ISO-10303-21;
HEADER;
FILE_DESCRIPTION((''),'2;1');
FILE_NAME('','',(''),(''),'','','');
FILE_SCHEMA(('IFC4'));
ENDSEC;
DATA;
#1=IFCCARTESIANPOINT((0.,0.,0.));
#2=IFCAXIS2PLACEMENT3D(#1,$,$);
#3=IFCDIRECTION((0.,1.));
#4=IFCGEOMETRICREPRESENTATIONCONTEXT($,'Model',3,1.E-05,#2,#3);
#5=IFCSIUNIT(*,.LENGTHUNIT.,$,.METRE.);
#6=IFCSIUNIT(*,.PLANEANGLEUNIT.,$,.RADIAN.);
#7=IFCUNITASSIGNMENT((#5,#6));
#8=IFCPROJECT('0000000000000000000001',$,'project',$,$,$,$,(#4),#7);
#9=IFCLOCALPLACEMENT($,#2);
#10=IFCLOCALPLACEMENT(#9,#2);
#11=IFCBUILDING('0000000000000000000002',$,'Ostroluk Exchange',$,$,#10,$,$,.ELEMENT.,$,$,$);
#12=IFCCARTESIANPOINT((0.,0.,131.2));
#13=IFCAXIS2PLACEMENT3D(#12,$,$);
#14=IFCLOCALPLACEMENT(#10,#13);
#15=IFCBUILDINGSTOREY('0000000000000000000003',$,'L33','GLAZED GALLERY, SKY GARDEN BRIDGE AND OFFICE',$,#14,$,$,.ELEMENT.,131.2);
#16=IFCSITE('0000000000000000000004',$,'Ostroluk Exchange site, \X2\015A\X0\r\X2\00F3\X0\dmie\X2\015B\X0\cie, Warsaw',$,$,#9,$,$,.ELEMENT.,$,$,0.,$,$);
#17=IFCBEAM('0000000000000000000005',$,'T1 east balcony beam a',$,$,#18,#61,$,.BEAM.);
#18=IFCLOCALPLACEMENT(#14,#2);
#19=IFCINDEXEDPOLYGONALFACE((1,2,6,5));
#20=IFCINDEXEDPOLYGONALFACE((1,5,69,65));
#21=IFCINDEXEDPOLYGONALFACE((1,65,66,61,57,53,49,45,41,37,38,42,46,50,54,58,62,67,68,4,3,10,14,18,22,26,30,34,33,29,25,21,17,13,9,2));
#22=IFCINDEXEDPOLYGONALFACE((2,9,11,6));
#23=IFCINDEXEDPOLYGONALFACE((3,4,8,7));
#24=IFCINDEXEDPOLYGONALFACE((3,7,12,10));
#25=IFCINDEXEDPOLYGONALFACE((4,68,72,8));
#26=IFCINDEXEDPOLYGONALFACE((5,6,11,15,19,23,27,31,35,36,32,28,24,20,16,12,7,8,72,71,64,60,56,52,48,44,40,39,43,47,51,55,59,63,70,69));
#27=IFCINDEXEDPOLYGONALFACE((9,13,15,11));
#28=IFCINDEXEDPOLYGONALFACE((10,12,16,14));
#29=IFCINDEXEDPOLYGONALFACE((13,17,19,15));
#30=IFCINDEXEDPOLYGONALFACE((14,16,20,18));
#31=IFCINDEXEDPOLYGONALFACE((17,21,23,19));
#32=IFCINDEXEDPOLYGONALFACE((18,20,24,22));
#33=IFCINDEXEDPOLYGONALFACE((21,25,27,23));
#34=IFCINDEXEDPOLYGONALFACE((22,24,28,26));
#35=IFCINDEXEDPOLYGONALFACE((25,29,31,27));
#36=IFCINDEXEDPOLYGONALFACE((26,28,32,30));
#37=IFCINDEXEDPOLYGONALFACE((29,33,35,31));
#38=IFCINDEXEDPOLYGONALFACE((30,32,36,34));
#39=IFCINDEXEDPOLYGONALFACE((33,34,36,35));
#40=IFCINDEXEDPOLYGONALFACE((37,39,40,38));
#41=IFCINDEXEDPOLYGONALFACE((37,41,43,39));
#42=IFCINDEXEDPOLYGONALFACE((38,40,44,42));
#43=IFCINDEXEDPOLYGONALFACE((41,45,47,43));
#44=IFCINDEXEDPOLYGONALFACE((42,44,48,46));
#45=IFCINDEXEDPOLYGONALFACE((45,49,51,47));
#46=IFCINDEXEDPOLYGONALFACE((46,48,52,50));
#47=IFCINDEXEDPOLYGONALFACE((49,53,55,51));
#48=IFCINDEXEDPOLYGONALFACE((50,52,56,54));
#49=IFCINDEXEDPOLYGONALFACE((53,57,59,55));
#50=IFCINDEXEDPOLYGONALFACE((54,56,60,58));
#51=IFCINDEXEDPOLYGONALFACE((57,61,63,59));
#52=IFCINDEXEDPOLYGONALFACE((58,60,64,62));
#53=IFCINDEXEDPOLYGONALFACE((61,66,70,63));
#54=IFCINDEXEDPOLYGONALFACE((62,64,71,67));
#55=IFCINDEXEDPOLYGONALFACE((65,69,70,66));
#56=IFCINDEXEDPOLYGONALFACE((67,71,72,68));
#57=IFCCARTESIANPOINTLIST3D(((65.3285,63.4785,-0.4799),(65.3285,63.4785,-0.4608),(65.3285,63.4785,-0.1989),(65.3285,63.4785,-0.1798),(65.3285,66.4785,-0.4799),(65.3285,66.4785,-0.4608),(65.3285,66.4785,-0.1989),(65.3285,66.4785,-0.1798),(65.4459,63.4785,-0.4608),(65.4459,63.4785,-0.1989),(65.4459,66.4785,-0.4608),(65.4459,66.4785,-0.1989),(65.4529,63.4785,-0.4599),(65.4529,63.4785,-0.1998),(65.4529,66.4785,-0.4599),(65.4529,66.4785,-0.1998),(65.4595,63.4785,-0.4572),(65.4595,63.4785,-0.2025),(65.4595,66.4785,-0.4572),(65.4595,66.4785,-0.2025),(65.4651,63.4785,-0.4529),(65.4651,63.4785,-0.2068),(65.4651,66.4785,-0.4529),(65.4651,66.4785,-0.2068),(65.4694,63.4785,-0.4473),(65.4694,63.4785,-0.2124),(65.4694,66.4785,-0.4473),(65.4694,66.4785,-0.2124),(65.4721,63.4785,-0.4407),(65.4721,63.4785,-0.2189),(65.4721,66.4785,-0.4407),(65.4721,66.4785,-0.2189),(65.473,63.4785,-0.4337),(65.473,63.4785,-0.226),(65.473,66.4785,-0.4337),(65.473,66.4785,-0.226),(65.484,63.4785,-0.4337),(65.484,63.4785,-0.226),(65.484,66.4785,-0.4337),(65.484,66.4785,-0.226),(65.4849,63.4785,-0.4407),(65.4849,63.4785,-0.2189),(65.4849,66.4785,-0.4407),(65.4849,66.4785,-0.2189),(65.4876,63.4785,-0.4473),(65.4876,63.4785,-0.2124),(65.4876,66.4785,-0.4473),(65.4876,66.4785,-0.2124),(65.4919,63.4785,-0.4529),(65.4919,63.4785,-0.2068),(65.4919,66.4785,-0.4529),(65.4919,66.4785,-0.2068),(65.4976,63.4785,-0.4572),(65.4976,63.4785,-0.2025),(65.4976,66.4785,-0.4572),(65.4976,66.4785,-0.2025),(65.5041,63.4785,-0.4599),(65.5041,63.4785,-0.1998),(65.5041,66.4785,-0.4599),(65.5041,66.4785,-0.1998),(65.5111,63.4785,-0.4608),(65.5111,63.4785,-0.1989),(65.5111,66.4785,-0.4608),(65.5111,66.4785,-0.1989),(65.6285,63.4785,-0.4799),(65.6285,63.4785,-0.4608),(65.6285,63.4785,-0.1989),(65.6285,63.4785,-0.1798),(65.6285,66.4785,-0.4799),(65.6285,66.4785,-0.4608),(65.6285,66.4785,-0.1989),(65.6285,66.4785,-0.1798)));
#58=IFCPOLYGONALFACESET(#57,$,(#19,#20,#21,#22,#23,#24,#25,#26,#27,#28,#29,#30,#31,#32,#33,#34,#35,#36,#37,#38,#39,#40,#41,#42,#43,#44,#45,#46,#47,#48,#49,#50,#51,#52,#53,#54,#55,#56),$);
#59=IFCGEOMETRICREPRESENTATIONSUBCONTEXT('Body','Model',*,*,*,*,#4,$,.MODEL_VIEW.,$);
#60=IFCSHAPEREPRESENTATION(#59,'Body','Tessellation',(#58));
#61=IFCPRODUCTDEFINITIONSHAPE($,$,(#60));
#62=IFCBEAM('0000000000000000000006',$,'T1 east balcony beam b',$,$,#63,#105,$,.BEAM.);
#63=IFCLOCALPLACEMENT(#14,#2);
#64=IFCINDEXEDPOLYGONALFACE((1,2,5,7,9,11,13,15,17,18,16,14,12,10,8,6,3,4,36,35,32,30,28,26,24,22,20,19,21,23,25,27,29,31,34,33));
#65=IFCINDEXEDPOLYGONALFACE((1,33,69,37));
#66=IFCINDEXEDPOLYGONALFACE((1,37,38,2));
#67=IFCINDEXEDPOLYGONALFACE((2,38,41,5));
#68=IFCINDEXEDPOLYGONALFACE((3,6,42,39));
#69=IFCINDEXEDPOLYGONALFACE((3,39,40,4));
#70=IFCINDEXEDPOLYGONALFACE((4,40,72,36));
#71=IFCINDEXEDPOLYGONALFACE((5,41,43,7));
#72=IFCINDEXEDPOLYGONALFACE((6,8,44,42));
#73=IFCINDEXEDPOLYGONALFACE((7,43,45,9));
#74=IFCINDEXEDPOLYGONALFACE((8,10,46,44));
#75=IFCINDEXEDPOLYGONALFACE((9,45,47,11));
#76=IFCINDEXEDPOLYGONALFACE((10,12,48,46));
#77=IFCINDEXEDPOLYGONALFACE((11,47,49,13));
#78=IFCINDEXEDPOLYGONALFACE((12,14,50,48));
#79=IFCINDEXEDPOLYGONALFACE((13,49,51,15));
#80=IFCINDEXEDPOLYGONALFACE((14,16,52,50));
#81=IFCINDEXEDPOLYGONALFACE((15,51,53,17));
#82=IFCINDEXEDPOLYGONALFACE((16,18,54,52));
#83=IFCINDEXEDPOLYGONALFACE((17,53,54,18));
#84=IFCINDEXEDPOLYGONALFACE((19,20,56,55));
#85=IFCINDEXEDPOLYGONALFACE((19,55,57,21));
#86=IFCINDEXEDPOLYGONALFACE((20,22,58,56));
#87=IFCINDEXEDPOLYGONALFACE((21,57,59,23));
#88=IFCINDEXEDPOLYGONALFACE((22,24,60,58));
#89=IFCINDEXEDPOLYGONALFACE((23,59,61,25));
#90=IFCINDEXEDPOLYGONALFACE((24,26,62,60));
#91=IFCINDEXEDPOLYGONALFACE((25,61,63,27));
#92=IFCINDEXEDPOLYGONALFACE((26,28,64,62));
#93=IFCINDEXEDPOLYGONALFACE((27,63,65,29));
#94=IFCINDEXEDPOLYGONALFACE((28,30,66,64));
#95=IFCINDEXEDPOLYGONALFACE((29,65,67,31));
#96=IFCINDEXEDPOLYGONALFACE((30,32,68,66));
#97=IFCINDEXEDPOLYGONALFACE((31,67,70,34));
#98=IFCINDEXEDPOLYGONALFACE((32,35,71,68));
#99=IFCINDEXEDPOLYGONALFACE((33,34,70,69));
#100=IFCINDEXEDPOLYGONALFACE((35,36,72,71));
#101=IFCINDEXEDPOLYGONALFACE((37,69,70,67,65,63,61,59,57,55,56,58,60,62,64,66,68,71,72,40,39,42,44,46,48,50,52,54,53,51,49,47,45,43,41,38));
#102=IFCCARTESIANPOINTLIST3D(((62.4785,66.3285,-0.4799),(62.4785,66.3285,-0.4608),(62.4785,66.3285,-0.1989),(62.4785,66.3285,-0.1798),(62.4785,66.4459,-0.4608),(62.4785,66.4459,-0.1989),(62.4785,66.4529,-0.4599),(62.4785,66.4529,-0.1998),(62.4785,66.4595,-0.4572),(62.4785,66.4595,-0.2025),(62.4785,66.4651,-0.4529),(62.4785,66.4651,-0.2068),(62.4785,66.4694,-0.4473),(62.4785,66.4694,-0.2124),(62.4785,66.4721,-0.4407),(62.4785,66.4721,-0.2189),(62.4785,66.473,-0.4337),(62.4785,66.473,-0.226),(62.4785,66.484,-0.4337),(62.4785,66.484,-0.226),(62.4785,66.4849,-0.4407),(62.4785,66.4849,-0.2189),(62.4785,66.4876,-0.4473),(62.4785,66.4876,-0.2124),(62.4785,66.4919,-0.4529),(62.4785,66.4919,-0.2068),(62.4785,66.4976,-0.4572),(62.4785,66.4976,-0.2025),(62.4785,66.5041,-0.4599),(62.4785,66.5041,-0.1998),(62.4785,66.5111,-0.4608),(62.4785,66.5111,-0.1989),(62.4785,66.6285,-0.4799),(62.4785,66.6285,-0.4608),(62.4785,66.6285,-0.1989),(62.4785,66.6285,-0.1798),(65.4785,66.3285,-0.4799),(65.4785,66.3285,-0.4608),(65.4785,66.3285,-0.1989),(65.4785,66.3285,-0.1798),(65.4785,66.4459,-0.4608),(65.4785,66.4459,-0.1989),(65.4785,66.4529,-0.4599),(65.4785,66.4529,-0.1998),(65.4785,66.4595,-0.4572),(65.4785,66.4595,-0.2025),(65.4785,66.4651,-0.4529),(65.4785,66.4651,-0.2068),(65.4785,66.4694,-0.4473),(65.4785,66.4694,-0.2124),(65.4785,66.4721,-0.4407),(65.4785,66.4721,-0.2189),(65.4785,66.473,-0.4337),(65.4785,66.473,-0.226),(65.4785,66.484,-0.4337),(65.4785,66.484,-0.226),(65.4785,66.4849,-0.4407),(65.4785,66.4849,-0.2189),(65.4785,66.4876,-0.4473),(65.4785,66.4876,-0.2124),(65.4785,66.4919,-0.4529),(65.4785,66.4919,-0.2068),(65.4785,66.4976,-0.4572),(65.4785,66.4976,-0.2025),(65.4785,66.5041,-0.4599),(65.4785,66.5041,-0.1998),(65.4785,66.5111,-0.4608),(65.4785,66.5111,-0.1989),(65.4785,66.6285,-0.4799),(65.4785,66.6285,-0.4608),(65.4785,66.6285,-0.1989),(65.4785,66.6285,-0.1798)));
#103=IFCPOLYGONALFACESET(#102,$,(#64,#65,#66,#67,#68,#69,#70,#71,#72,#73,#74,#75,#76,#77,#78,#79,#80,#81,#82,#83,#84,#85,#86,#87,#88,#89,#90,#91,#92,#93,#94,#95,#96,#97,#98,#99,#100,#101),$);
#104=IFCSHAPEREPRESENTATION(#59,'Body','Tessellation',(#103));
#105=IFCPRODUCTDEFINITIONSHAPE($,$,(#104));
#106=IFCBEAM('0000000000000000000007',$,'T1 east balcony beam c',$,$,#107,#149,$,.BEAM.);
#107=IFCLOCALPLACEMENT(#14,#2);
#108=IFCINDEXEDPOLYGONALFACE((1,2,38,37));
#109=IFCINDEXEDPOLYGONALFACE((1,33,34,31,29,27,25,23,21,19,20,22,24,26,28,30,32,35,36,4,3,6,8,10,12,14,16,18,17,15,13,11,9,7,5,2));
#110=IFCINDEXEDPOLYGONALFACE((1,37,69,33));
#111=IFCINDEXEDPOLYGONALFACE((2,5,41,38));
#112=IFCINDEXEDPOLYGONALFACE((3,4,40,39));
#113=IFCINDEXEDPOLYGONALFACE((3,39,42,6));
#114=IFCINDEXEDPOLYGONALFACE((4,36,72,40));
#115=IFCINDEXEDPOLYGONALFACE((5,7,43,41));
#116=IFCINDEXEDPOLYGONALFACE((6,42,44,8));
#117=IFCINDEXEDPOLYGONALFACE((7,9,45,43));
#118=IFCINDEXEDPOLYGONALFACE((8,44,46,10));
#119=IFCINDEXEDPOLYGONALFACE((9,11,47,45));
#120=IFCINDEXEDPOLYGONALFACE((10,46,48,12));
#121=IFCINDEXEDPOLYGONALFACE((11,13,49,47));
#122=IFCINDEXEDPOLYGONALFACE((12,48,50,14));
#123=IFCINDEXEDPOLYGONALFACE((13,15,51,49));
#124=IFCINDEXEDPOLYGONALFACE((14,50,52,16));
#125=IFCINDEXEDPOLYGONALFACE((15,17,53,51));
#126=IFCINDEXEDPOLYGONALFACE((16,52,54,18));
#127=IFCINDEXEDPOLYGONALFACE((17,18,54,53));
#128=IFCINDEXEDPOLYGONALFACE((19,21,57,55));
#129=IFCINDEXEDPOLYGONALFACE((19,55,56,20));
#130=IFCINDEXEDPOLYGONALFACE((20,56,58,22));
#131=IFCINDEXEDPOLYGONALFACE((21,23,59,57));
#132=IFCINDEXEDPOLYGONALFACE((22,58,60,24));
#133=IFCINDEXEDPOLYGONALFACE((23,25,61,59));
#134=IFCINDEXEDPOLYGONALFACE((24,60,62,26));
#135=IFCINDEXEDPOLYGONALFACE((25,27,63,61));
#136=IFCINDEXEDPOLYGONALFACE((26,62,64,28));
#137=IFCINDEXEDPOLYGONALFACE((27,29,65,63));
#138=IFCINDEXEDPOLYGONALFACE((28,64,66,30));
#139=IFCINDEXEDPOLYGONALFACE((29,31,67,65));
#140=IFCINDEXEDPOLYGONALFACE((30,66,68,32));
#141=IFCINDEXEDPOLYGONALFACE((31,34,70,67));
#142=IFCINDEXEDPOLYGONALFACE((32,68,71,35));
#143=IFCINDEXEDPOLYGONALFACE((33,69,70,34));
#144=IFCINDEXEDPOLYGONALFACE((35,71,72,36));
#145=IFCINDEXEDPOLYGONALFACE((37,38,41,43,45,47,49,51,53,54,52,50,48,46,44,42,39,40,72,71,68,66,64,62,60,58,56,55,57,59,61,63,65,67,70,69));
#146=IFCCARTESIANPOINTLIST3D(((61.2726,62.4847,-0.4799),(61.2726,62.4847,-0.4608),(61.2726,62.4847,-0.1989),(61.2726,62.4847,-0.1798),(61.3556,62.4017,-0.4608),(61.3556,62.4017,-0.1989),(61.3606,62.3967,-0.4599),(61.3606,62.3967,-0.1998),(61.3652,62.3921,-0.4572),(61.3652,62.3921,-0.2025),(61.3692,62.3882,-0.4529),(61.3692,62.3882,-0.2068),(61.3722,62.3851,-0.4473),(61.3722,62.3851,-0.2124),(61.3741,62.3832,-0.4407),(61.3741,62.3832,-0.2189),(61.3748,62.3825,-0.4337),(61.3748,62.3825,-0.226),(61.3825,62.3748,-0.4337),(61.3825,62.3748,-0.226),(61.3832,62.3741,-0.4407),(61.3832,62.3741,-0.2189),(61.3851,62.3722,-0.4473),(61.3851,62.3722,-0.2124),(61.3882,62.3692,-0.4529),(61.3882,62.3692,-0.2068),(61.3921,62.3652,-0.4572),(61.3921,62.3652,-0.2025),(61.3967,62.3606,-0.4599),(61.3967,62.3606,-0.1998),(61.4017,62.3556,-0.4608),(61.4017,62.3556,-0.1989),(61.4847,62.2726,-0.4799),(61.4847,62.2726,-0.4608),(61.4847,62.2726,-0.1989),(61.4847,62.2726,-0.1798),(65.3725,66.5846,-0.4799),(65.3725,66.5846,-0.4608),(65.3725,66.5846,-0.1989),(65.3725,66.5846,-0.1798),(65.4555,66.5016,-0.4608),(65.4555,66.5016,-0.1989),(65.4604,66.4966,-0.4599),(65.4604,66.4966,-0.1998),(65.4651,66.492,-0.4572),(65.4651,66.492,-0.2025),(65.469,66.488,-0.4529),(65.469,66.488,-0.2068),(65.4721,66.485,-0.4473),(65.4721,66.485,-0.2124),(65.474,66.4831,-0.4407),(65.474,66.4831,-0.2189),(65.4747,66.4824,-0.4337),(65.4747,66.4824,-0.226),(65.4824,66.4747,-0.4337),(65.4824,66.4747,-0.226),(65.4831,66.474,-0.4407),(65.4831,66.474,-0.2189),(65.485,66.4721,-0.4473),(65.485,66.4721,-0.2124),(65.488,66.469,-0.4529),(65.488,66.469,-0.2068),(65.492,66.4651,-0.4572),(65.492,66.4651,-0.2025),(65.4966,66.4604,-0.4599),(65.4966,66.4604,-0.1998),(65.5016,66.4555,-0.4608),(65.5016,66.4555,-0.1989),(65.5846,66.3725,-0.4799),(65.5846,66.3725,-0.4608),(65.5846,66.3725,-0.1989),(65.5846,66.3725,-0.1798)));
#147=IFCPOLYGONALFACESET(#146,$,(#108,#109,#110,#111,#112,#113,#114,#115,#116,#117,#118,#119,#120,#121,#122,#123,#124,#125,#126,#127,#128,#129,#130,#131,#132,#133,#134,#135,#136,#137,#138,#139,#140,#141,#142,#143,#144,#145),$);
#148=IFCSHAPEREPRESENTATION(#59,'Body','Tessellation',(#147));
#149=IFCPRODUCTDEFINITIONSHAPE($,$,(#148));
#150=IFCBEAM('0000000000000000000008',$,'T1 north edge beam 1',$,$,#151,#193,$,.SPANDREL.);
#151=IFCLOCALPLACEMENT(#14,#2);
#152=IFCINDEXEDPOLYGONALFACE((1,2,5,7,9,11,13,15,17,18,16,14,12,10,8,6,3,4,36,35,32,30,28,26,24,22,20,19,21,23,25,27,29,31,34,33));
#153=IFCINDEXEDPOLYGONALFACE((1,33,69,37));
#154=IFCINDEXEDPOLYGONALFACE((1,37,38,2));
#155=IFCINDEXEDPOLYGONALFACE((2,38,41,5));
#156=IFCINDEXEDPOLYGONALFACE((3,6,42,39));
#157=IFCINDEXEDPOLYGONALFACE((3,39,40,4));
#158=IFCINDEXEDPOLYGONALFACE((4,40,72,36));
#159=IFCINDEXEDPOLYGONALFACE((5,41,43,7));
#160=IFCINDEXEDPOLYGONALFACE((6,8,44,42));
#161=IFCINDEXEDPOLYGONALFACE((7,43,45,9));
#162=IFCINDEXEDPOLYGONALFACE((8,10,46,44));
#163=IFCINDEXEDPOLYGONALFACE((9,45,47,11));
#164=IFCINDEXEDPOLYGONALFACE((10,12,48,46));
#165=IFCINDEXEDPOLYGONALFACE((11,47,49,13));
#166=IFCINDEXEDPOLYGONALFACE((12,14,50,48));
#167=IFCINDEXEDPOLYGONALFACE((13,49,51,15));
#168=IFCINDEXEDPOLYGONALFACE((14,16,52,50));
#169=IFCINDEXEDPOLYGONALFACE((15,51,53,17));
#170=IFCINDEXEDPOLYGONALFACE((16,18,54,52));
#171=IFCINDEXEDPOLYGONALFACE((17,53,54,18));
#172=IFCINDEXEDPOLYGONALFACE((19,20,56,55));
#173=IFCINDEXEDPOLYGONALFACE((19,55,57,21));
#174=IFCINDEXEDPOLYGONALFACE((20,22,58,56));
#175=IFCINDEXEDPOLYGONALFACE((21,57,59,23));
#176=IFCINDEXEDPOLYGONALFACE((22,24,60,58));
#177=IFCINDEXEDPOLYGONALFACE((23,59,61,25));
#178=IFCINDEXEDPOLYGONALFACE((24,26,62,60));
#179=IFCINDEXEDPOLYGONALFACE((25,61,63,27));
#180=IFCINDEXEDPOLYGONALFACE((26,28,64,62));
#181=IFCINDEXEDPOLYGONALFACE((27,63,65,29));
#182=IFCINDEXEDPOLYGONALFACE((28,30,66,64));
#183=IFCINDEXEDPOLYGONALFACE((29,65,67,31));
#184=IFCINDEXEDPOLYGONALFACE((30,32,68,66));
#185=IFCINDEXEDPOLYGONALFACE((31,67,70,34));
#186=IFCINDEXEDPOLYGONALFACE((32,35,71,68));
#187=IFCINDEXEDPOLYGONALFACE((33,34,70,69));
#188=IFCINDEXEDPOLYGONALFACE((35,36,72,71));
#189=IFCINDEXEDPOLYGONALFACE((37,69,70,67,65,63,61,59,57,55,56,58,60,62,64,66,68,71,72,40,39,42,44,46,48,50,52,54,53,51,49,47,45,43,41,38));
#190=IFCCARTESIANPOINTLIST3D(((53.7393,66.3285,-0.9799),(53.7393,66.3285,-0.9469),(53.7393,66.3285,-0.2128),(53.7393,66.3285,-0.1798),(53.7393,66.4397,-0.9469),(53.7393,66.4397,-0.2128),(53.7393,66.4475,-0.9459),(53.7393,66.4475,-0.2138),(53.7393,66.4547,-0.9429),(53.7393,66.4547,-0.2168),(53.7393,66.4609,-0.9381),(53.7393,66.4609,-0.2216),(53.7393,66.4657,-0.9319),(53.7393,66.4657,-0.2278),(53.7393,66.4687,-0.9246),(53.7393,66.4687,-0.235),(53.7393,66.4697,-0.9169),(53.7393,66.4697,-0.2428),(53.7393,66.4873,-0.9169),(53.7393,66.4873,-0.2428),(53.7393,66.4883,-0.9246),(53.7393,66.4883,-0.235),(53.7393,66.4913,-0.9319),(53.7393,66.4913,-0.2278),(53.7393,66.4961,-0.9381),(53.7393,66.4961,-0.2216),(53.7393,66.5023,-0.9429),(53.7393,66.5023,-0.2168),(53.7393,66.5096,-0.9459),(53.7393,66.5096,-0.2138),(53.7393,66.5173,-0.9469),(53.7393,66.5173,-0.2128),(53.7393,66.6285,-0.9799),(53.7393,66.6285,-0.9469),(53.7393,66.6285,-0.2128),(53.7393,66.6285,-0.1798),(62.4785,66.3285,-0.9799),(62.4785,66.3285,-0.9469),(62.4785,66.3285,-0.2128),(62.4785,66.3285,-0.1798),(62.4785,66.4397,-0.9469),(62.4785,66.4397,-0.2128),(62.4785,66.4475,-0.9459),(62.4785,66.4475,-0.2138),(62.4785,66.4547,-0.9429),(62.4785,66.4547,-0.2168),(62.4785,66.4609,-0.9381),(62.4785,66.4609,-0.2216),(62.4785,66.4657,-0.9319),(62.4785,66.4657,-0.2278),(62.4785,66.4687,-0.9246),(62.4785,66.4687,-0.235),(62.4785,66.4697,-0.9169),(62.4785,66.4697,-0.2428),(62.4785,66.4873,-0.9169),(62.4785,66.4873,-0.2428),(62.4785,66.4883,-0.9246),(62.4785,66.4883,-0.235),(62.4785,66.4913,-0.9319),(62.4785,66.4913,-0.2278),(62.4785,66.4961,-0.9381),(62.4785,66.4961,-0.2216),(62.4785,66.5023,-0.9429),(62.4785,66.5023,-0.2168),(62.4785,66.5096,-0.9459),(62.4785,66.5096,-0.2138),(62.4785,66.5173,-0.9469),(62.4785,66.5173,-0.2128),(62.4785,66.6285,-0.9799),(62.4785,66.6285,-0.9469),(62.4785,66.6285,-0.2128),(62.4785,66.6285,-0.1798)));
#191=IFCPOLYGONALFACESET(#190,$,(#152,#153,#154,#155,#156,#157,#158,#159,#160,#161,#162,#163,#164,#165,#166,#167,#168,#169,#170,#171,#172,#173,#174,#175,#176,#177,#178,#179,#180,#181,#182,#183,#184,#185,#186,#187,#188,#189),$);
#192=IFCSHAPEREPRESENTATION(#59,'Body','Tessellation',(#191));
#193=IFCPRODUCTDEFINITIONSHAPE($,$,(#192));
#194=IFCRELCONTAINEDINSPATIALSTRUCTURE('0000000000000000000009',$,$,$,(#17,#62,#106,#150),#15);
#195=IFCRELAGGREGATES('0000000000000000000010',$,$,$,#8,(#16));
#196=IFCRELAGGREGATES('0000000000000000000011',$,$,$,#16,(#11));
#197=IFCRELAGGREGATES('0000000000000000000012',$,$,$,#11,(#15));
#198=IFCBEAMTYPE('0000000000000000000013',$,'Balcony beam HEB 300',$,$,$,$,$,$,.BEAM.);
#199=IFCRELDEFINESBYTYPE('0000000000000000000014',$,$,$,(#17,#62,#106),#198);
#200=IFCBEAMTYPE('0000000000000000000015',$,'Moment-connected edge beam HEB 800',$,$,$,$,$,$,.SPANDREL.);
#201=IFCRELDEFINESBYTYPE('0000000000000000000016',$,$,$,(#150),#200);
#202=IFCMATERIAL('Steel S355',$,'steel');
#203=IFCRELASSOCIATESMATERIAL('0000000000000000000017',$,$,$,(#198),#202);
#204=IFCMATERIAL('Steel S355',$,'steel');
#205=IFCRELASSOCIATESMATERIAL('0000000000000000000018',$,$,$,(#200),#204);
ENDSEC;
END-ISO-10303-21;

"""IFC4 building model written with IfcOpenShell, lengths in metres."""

from ifc_helpers import new_model, si_unit, direction, frame, origin, origin_2d, place, context, subcontext, project, spatial, i_section, extrude, material, material_profile, profile_set, type_object, element, save


model = new_model("IFC4")

# Units and contexts
model_context = context("Model", 3, precision=1e-05, world=origin(), true_north=direction((0.0, 1.0)))
body_context = subcontext(model_context, "Body", "Model", "MODEL_VIEW")
ifc_project = project(units=[si_unit("LENGTHUNIT", "METRE"), si_unit("PLANEANGLEUNIT", "RADIAN")], contexts=[model_context])

# Site, building, storey
site_placement = place(None, origin())
site = spatial("IfcSite", under=ifc_project, at=site_placement, Name="Ostroluk Exchange site, Śródmieście, Warsaw", CompositionType="ELEMENT", RefElevation=0.0)
building_placement = place(site_placement, origin())
building = spatial("IfcBuilding", under=site, at=building_placement, Name="Ostroluk Exchange", CompositionType="ELEMENT")
storey_placement = place(building_placement, frame((0.0, 0.0, 131.2)))
storey = spatial("IfcBuildingStorey", under=building, at=storey_placement, Name="L33", Description="GLAZED GALLERY, SKY GARDEN BRIDGE AND OFFICE", CompositionType="ELEMENT", Elevation=131.2)

# Beams
ifc_material_1 = material(Name="Steel S355", Category="steel")
ifc_material_profile_1 = material_profile(ifc_material_1, i_section(OverallWidth=0.3, OverallDepth=0.3, WebThickness=0.011, FlangeThickness=0.019, FilletRadius=0.0271, at=origin_2d()), Name="HEB 300")
ifc_profile_set_1 = profile_set([ifc_material_profile_1], Name="Steel S355")
beam_type_1 = type_object("IfcBeamType", Name="Balcony beam HEB 300", PredefinedType="BEAM", material=ifc_profile_set_1)
for number, where, z_axis, x_axis, name in (
    (1, (65.4785, 63.4785, -0.3298), (0.0, 1.0, 0.0), (-1.0, 0.0, 0.0), "T1 east balcony beam a"),
    (2, (62.4785, 66.4785, -0.3298), (1.0, 0.0, 0.0), (0.0, 1.0, 0.0), "T1 east balcony beam b"),
):
    element("IfcBeam", number, at=place(storey_placement, frame(where, z_axis=z_axis, x_axis=x_axis)), inside=storey, type_object=beam_type_1, Name=name, PredefinedType="BEAM", context=body_context, shape_type="SweptSolid", body=[
        extrude(i_section(OverallWidth=0.3, OverallDepth=0.3, WebThickness=0.011, FlangeThickness=0.019, FilletRadius=0.0271, at=origin_2d()), origin(), (0.0, 0.0, 1.0), 3.0),
    ])
beam_1_placement = place(storey_placement, frame((61.3787, 62.3787, -0.3298), z_axis=(0.707107, 0.707107, 0.0), x_axis=(-0.707107, 0.707107, 0.0)))
element("IfcBeam", 3, at=beam_1_placement, inside=storey, type_object=beam_type_1, Name="T1 east balcony beam c", PredefinedType="BEAM", context=body_context, shape_type="SweptSolid", body=[
    extrude(i_section(OverallWidth=0.3, OverallDepth=0.3, WebThickness=0.011, FlangeThickness=0.019, FilletRadius=0.0271, at=origin_2d()), origin(), (0.0, 0.0, 1.0), 5.7981),
])
ifc_material_2 = material(Name="Steel S355", Category="steel")
ifc_material_profile_2 = material_profile(ifc_material_2, i_section(OverallWidth=0.3, OverallDepth=0.8, WebThickness=0.0176, FlangeThickness=0.033, FilletRadius=0.03, at=origin_2d()), Name="HEB 800")
ifc_profile_set_2 = profile_set([ifc_material_profile_2], Name="Steel S355")
beam_type_2 = type_object("IfcBeamType", Name="Moment-connected edge beam HEB 800", PredefinedType="SPANDREL", material=ifc_profile_set_2)
beam_2_placement = place(storey_placement, frame((62.4785, 66.4785, -0.5798), z_axis=(-1.0, 0.0, 0.0), x_axis=(0.0, -1.0, 0.0)))
element("IfcBeam", 4, at=beam_2_placement, inside=storey, type_object=beam_type_2, Name="T1 north edge beam 1", PredefinedType="SPANDREL", context=body_context, shape_type="SweptSolid", body=[
    extrude(i_section(OverallWidth=0.3, OverallDepth=0.8, WebThickness=0.0176, FlangeThickness=0.033, FilletRadius=0.03, at=origin_2d()), origin(), (0.0, 0.0, 1.0), 8.7393),
])

save(model, "model.ifc")
